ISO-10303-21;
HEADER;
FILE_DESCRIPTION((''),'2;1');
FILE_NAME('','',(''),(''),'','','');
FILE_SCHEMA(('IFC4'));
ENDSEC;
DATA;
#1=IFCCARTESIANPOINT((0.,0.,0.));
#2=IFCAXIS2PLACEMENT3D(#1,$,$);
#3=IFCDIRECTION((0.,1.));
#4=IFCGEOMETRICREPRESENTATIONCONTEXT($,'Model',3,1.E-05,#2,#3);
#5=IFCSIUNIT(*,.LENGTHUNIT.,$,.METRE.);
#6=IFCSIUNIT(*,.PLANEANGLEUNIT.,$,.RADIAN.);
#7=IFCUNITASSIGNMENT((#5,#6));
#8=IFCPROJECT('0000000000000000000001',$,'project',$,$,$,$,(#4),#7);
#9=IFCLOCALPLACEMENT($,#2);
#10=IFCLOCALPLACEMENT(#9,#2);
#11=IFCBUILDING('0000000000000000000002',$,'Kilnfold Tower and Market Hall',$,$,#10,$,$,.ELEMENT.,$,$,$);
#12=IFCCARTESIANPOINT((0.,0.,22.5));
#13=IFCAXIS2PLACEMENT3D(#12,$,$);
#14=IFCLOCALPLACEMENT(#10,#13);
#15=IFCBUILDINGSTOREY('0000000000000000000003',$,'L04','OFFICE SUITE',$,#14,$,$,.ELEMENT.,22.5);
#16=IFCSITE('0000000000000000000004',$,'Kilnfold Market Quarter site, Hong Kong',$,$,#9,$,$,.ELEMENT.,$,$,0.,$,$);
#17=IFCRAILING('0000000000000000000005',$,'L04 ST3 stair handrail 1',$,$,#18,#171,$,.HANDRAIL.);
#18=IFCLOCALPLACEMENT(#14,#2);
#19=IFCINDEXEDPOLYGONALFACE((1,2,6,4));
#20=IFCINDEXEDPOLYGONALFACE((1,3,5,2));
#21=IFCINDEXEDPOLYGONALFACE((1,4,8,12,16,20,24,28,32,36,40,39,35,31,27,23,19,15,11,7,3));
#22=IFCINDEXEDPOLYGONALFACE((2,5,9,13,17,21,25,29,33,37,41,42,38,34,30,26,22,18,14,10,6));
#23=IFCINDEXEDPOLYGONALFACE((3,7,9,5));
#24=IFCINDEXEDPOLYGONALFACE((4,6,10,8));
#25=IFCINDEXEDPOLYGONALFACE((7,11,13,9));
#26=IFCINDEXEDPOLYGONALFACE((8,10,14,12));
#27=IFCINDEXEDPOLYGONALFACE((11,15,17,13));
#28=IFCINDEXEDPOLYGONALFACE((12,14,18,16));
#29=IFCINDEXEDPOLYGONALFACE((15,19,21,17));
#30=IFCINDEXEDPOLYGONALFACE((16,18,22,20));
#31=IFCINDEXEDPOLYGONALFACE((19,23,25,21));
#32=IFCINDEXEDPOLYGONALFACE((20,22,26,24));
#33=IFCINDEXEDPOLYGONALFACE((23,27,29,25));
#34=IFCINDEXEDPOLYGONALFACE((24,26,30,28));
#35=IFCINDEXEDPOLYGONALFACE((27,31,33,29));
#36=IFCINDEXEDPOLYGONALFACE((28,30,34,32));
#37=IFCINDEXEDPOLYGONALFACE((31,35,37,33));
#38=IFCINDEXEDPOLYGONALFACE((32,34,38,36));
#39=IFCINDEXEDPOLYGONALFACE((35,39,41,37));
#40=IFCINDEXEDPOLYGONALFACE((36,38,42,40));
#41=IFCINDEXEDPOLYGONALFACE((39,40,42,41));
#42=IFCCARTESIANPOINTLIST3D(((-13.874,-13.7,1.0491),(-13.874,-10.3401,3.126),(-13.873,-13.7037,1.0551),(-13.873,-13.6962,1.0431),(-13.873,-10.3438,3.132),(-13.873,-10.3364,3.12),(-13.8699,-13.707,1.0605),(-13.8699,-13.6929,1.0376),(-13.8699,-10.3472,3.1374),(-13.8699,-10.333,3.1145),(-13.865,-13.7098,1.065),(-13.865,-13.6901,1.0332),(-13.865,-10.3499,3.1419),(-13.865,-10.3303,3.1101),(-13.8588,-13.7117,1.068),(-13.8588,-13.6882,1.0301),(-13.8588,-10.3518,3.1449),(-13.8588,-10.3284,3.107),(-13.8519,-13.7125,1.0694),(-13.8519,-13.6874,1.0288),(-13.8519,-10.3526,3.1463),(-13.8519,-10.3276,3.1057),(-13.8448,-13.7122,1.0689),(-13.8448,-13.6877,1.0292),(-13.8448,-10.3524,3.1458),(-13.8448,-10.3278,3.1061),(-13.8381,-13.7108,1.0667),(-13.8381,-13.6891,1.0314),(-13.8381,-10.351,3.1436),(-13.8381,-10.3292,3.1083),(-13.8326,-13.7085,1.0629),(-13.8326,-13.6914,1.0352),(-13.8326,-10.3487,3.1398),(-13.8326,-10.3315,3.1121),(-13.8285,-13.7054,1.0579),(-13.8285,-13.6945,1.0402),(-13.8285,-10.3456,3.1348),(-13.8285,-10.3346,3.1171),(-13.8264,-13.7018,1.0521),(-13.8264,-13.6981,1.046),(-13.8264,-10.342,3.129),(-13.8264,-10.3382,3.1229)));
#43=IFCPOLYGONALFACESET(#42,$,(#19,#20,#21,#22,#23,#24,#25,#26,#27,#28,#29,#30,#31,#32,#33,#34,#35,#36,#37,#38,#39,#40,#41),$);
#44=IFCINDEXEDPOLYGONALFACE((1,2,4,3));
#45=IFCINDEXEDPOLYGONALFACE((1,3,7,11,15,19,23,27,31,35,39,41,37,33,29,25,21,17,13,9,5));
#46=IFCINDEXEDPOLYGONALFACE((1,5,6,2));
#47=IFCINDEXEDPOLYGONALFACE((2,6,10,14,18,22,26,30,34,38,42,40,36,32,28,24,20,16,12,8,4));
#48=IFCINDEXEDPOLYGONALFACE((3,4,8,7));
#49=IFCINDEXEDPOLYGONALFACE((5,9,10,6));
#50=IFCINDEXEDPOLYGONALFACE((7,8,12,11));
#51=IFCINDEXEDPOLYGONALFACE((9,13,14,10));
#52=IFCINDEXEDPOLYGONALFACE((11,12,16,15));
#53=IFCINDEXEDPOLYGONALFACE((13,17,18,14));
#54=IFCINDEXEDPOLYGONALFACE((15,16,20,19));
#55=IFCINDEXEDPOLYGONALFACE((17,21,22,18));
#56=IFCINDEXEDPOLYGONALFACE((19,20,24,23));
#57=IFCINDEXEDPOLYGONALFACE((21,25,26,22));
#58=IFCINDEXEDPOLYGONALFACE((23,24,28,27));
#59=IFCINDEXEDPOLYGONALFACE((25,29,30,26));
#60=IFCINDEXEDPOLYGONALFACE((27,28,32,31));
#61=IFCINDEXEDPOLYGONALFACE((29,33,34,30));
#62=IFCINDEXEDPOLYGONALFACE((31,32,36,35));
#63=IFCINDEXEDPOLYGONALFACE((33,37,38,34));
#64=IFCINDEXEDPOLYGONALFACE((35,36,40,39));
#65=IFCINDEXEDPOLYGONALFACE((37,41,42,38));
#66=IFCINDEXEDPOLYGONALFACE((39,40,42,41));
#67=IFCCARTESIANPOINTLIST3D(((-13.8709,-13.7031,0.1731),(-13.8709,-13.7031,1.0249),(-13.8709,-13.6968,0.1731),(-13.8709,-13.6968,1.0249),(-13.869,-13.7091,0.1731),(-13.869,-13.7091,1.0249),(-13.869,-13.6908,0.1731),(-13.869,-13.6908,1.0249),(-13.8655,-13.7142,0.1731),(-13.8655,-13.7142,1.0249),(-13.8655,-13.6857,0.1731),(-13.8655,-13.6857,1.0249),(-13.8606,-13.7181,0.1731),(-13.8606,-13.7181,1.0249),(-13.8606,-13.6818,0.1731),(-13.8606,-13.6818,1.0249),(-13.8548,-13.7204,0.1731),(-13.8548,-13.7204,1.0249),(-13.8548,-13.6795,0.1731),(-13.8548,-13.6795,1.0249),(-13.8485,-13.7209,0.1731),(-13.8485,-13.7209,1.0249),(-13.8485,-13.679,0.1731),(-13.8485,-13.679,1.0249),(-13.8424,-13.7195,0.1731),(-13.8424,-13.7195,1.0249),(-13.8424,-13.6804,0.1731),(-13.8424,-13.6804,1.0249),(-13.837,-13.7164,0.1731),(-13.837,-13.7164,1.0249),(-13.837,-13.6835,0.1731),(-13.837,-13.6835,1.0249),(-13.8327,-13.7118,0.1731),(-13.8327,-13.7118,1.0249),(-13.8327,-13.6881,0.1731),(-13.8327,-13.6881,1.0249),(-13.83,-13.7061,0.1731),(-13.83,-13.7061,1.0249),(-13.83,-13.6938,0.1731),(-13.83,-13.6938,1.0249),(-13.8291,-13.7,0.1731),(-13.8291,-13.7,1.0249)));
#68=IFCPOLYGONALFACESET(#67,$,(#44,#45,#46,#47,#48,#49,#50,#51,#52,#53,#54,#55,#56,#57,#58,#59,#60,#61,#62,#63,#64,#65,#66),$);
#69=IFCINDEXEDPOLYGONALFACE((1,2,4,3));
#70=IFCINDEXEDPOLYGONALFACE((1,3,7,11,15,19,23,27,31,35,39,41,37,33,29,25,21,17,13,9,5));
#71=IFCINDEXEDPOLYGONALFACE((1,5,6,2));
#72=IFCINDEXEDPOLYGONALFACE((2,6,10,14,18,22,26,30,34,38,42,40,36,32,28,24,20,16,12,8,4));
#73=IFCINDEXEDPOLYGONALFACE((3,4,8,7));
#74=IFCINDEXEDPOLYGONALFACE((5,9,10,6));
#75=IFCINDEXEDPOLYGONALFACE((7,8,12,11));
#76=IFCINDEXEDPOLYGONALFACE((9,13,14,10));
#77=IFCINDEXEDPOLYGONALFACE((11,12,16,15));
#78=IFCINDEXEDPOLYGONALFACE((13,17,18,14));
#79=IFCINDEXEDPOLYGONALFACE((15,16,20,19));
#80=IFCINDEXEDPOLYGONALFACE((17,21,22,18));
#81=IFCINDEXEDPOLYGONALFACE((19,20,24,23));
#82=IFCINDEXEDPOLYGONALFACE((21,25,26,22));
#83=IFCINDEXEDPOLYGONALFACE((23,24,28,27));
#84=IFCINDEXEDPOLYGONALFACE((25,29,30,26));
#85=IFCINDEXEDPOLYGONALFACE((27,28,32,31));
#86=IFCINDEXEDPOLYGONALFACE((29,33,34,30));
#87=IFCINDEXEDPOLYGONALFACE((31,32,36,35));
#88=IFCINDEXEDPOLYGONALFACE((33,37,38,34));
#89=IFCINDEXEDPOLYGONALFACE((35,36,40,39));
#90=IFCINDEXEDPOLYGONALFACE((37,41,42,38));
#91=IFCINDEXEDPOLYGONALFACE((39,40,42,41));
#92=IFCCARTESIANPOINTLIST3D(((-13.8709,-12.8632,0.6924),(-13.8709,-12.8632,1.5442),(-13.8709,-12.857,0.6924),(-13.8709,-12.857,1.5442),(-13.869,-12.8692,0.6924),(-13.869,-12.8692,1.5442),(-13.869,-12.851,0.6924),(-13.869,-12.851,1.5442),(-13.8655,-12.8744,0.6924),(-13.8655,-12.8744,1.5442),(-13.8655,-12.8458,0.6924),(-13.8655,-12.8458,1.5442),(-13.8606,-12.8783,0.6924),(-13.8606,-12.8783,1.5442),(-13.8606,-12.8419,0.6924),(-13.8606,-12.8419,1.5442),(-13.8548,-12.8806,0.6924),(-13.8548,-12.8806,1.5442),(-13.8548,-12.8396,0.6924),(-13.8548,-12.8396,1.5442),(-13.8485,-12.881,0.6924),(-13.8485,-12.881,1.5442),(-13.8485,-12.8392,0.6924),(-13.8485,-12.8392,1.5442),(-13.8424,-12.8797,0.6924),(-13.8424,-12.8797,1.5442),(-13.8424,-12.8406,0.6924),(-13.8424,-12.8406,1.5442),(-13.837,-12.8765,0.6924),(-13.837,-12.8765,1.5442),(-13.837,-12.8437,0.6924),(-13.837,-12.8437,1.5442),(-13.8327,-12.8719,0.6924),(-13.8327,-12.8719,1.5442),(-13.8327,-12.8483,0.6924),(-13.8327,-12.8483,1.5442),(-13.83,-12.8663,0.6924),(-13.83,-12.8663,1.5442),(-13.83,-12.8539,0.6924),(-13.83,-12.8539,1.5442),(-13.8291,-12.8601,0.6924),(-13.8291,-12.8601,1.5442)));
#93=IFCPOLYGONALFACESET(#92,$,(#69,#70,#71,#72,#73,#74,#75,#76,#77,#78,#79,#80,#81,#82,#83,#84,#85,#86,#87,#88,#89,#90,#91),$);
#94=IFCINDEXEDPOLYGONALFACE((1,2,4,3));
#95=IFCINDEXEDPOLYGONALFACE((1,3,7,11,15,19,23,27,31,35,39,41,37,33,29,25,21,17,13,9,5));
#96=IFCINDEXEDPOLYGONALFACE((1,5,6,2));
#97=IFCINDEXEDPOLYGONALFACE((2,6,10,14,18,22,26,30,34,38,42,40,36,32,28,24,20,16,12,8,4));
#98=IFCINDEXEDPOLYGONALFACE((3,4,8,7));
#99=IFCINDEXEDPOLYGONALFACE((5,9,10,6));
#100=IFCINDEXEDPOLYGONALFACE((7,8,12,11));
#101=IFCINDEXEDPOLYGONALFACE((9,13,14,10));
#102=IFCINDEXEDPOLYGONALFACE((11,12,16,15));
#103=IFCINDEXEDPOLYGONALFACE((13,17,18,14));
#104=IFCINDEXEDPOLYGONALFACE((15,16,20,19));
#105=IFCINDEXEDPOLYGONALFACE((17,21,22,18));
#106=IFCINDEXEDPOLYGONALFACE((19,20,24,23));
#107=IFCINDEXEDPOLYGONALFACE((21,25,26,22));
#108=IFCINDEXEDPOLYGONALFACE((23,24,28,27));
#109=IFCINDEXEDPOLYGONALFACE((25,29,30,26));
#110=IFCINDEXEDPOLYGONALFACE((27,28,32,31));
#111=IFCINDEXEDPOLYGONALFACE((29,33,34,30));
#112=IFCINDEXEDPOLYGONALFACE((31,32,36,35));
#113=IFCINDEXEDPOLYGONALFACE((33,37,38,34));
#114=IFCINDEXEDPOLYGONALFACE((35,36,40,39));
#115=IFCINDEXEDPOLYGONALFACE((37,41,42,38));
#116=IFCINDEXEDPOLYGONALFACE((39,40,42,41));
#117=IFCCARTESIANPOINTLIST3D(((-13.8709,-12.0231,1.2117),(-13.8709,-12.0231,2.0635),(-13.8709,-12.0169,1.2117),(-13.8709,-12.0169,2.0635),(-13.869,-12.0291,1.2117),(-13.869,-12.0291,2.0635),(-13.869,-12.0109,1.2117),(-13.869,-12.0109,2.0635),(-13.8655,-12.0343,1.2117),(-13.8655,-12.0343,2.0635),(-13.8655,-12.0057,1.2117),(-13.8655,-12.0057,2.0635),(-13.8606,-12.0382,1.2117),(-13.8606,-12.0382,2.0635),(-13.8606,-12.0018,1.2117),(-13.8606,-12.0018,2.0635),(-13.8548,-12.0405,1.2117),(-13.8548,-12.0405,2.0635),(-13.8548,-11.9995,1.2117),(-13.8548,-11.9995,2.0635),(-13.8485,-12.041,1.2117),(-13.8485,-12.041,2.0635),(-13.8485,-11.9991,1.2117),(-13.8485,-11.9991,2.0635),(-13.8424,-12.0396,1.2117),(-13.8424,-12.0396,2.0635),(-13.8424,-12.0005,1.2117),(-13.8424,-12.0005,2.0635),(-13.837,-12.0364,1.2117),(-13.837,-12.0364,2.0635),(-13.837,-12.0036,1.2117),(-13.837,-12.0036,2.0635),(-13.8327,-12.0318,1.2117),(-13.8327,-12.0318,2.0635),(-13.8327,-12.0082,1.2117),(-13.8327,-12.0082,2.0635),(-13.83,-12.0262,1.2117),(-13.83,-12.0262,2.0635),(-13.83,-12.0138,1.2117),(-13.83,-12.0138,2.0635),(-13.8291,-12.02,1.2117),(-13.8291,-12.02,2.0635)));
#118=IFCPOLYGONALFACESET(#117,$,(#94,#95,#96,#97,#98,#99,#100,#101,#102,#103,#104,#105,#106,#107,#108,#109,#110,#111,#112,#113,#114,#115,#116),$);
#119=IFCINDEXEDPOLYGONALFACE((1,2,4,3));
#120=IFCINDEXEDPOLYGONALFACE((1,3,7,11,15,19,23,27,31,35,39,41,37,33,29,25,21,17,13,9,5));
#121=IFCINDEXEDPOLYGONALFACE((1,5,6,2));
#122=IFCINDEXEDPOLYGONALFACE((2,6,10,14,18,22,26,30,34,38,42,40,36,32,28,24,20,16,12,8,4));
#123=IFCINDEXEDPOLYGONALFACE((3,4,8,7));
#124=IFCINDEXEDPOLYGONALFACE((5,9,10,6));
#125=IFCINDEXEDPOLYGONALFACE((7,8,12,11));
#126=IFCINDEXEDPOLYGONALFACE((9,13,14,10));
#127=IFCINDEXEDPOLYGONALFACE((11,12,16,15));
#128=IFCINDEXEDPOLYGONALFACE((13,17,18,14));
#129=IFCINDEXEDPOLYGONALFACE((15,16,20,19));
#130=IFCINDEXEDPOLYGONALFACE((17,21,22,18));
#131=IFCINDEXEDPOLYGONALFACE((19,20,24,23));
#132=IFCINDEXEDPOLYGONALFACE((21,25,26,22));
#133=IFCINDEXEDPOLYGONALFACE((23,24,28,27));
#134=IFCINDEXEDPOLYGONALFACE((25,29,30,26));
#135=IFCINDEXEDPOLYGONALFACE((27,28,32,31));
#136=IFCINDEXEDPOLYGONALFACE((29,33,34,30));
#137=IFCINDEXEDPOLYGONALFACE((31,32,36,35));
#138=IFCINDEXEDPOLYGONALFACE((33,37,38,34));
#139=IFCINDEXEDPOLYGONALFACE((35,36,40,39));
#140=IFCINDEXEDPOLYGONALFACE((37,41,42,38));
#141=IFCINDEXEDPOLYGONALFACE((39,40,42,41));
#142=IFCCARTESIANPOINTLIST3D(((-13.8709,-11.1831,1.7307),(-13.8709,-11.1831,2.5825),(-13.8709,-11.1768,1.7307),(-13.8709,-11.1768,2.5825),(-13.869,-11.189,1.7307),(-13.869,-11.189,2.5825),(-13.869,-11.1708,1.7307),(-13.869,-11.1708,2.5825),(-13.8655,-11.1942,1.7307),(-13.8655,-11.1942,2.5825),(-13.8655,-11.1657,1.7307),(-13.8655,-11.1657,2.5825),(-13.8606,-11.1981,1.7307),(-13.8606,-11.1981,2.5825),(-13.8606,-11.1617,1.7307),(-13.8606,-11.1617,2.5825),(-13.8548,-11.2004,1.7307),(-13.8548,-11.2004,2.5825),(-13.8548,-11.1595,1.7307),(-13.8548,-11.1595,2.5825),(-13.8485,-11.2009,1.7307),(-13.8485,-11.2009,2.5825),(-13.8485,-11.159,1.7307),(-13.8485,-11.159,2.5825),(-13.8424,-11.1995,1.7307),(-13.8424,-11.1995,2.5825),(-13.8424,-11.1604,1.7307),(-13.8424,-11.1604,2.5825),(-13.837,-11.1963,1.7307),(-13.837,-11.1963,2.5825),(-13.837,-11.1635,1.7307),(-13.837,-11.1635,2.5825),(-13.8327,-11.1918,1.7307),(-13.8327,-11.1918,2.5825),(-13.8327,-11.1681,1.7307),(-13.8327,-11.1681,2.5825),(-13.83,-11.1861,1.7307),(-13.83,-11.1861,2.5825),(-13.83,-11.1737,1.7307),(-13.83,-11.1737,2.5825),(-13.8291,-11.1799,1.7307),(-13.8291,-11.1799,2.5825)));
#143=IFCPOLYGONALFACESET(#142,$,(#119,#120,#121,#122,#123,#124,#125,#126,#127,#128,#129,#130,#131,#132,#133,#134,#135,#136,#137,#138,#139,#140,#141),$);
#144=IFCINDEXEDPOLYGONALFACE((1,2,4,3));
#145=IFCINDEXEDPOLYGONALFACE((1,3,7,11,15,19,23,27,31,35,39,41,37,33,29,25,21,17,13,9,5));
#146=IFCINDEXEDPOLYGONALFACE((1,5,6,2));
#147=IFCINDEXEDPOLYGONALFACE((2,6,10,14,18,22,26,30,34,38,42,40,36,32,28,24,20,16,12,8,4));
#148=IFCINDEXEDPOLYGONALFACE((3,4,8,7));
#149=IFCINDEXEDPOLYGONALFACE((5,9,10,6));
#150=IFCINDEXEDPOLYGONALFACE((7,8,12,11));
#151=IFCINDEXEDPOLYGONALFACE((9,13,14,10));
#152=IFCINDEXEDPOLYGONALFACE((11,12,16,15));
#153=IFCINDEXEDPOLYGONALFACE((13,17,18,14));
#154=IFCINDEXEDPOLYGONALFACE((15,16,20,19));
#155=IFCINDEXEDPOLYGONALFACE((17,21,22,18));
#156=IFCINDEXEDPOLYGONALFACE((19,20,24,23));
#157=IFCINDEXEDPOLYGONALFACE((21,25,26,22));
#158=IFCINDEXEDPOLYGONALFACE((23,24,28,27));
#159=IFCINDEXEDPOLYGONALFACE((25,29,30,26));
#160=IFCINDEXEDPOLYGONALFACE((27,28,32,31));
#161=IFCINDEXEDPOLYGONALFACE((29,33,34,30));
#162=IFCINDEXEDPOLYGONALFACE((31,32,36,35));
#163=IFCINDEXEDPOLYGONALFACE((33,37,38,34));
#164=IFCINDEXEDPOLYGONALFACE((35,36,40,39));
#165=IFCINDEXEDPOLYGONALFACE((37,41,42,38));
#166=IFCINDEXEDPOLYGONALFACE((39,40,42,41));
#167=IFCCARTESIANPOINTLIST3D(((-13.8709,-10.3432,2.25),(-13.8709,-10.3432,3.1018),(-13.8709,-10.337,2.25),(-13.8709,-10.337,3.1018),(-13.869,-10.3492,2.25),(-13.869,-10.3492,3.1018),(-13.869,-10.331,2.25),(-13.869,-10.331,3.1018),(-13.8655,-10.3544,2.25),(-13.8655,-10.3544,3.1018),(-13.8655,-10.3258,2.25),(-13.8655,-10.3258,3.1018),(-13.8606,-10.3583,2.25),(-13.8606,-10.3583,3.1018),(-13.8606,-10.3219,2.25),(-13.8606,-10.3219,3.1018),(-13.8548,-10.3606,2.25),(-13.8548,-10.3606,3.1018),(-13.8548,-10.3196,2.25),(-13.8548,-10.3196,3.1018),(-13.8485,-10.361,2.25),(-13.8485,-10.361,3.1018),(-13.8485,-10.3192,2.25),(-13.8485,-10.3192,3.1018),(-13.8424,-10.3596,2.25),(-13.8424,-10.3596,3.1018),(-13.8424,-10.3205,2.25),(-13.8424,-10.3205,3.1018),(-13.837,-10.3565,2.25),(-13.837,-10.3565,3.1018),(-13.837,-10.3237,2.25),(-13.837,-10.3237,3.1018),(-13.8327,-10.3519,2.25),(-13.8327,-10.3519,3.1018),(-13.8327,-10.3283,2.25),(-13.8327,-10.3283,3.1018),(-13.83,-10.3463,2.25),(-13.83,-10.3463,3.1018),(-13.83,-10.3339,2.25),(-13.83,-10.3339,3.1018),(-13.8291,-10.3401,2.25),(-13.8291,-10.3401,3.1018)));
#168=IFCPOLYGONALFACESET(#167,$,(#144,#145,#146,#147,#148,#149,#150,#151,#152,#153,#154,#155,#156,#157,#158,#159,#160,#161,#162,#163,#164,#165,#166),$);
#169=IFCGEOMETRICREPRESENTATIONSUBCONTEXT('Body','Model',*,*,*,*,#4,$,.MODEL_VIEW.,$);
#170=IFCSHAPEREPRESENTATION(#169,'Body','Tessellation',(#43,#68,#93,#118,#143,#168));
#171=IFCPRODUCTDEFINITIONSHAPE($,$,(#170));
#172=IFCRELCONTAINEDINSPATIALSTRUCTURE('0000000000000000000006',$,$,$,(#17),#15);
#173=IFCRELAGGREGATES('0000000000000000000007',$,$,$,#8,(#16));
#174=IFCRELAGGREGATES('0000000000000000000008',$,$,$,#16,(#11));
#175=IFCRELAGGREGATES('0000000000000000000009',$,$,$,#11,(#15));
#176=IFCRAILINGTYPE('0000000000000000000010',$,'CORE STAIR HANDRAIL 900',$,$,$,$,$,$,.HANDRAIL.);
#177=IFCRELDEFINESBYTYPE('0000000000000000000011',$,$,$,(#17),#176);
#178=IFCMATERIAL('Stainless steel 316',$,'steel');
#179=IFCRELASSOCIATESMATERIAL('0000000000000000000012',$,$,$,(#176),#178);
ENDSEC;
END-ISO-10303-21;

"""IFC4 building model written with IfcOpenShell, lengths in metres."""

from ifc_helpers import new_model, si_unit, direction, frame, origin, origin_2d, place, context, subcontext, project, spatial, circle, extrude, material, type_object, element, save


model = new_model("IFC4")

# Units and contexts
model_context = context("Model", 3, precision=1e-05, world=origin(), true_north=direction((0.0, 1.0)))
body_context = subcontext(model_context, "Body", "Model", "MODEL_VIEW")
ifc_project = project(units=[si_unit("LENGTHUNIT", "METRE"), si_unit("PLANEANGLEUNIT", "RADIAN")], contexts=[model_context])

# Site, building, storey
site_placement = place(None, origin())
site = spatial("IfcSite", under=ifc_project, at=site_placement, Name="Kilnfold Market Quarter site, Hong Kong", CompositionType="ELEMENT", RefElevation=0.0)
building_placement = place(site_placement, origin())
building = spatial("IfcBuilding", under=site, at=building_placement, Name="Kilnfold Tower and Market Hall", CompositionType="ELEMENT")
storey_placement = place(building_placement, frame((0.0, 0.0, 22.5)))
storey = spatial("IfcBuildingStorey", under=building, at=storey_placement, Name="L04", Description="OFFICE SUITE", CompositionType="ELEMENT", Elevation=22.5)

# Railing
ifc_material_1 = material(Name="Stainless steel 316", Category="steel")
railing_type_1 = type_object("IfcRailingType", Name="CORE STAIR HANDRAIL 900", PredefinedType="HANDRAIL", material=ifc_material_1)
railing_1_placement = place(storey_placement, frame((-13.8501, -13.7, 0.1731)))
element("IfcRailing", 1, at=railing_1_placement, inside=storey, type_object=railing_type_1, Name="L04 ST3 stair handrail 1", PredefinedType="HANDRAIL", context=body_context, shape_type="SweptSolid", body=[
    extrude(circle(Radius=0.0239, at=origin_2d()), frame((0.0, 0.0, 0.876), z_axis=(0.0, 0.850606, 0.525803), x_axis=(-1.0, 0.0, 0.0)), (0.0, 0.0, 1.0), 3.95),
    extrude(circle(Radius=0.021, at=origin_2d()), origin(), (0.0, 0.0, 1.0), 0.8518),
    extrude(circle(Radius=0.021, at=origin_2d()), frame((0.0, 0.8398, 0.5193)), (0.0, 0.0, 1.0), 0.8518),
    extrude(circle(Radius=0.021, at=origin_2d()), frame((0.0, 1.6799, 1.0386)), (0.0, 0.0, 1.0), 0.8518),
    extrude(circle(Radius=0.021, at=origin_2d()), frame((0.0, 2.52, 1.5576)), (0.0, 0.0, 1.0), 0.8518),
    extrude(circle(Radius=0.021, at=origin_2d()), frame((0.0, 3.3599, 2.0769)), (0.0, 0.0, 1.0), 0.8518),
])

save(model, "model.ifc")
